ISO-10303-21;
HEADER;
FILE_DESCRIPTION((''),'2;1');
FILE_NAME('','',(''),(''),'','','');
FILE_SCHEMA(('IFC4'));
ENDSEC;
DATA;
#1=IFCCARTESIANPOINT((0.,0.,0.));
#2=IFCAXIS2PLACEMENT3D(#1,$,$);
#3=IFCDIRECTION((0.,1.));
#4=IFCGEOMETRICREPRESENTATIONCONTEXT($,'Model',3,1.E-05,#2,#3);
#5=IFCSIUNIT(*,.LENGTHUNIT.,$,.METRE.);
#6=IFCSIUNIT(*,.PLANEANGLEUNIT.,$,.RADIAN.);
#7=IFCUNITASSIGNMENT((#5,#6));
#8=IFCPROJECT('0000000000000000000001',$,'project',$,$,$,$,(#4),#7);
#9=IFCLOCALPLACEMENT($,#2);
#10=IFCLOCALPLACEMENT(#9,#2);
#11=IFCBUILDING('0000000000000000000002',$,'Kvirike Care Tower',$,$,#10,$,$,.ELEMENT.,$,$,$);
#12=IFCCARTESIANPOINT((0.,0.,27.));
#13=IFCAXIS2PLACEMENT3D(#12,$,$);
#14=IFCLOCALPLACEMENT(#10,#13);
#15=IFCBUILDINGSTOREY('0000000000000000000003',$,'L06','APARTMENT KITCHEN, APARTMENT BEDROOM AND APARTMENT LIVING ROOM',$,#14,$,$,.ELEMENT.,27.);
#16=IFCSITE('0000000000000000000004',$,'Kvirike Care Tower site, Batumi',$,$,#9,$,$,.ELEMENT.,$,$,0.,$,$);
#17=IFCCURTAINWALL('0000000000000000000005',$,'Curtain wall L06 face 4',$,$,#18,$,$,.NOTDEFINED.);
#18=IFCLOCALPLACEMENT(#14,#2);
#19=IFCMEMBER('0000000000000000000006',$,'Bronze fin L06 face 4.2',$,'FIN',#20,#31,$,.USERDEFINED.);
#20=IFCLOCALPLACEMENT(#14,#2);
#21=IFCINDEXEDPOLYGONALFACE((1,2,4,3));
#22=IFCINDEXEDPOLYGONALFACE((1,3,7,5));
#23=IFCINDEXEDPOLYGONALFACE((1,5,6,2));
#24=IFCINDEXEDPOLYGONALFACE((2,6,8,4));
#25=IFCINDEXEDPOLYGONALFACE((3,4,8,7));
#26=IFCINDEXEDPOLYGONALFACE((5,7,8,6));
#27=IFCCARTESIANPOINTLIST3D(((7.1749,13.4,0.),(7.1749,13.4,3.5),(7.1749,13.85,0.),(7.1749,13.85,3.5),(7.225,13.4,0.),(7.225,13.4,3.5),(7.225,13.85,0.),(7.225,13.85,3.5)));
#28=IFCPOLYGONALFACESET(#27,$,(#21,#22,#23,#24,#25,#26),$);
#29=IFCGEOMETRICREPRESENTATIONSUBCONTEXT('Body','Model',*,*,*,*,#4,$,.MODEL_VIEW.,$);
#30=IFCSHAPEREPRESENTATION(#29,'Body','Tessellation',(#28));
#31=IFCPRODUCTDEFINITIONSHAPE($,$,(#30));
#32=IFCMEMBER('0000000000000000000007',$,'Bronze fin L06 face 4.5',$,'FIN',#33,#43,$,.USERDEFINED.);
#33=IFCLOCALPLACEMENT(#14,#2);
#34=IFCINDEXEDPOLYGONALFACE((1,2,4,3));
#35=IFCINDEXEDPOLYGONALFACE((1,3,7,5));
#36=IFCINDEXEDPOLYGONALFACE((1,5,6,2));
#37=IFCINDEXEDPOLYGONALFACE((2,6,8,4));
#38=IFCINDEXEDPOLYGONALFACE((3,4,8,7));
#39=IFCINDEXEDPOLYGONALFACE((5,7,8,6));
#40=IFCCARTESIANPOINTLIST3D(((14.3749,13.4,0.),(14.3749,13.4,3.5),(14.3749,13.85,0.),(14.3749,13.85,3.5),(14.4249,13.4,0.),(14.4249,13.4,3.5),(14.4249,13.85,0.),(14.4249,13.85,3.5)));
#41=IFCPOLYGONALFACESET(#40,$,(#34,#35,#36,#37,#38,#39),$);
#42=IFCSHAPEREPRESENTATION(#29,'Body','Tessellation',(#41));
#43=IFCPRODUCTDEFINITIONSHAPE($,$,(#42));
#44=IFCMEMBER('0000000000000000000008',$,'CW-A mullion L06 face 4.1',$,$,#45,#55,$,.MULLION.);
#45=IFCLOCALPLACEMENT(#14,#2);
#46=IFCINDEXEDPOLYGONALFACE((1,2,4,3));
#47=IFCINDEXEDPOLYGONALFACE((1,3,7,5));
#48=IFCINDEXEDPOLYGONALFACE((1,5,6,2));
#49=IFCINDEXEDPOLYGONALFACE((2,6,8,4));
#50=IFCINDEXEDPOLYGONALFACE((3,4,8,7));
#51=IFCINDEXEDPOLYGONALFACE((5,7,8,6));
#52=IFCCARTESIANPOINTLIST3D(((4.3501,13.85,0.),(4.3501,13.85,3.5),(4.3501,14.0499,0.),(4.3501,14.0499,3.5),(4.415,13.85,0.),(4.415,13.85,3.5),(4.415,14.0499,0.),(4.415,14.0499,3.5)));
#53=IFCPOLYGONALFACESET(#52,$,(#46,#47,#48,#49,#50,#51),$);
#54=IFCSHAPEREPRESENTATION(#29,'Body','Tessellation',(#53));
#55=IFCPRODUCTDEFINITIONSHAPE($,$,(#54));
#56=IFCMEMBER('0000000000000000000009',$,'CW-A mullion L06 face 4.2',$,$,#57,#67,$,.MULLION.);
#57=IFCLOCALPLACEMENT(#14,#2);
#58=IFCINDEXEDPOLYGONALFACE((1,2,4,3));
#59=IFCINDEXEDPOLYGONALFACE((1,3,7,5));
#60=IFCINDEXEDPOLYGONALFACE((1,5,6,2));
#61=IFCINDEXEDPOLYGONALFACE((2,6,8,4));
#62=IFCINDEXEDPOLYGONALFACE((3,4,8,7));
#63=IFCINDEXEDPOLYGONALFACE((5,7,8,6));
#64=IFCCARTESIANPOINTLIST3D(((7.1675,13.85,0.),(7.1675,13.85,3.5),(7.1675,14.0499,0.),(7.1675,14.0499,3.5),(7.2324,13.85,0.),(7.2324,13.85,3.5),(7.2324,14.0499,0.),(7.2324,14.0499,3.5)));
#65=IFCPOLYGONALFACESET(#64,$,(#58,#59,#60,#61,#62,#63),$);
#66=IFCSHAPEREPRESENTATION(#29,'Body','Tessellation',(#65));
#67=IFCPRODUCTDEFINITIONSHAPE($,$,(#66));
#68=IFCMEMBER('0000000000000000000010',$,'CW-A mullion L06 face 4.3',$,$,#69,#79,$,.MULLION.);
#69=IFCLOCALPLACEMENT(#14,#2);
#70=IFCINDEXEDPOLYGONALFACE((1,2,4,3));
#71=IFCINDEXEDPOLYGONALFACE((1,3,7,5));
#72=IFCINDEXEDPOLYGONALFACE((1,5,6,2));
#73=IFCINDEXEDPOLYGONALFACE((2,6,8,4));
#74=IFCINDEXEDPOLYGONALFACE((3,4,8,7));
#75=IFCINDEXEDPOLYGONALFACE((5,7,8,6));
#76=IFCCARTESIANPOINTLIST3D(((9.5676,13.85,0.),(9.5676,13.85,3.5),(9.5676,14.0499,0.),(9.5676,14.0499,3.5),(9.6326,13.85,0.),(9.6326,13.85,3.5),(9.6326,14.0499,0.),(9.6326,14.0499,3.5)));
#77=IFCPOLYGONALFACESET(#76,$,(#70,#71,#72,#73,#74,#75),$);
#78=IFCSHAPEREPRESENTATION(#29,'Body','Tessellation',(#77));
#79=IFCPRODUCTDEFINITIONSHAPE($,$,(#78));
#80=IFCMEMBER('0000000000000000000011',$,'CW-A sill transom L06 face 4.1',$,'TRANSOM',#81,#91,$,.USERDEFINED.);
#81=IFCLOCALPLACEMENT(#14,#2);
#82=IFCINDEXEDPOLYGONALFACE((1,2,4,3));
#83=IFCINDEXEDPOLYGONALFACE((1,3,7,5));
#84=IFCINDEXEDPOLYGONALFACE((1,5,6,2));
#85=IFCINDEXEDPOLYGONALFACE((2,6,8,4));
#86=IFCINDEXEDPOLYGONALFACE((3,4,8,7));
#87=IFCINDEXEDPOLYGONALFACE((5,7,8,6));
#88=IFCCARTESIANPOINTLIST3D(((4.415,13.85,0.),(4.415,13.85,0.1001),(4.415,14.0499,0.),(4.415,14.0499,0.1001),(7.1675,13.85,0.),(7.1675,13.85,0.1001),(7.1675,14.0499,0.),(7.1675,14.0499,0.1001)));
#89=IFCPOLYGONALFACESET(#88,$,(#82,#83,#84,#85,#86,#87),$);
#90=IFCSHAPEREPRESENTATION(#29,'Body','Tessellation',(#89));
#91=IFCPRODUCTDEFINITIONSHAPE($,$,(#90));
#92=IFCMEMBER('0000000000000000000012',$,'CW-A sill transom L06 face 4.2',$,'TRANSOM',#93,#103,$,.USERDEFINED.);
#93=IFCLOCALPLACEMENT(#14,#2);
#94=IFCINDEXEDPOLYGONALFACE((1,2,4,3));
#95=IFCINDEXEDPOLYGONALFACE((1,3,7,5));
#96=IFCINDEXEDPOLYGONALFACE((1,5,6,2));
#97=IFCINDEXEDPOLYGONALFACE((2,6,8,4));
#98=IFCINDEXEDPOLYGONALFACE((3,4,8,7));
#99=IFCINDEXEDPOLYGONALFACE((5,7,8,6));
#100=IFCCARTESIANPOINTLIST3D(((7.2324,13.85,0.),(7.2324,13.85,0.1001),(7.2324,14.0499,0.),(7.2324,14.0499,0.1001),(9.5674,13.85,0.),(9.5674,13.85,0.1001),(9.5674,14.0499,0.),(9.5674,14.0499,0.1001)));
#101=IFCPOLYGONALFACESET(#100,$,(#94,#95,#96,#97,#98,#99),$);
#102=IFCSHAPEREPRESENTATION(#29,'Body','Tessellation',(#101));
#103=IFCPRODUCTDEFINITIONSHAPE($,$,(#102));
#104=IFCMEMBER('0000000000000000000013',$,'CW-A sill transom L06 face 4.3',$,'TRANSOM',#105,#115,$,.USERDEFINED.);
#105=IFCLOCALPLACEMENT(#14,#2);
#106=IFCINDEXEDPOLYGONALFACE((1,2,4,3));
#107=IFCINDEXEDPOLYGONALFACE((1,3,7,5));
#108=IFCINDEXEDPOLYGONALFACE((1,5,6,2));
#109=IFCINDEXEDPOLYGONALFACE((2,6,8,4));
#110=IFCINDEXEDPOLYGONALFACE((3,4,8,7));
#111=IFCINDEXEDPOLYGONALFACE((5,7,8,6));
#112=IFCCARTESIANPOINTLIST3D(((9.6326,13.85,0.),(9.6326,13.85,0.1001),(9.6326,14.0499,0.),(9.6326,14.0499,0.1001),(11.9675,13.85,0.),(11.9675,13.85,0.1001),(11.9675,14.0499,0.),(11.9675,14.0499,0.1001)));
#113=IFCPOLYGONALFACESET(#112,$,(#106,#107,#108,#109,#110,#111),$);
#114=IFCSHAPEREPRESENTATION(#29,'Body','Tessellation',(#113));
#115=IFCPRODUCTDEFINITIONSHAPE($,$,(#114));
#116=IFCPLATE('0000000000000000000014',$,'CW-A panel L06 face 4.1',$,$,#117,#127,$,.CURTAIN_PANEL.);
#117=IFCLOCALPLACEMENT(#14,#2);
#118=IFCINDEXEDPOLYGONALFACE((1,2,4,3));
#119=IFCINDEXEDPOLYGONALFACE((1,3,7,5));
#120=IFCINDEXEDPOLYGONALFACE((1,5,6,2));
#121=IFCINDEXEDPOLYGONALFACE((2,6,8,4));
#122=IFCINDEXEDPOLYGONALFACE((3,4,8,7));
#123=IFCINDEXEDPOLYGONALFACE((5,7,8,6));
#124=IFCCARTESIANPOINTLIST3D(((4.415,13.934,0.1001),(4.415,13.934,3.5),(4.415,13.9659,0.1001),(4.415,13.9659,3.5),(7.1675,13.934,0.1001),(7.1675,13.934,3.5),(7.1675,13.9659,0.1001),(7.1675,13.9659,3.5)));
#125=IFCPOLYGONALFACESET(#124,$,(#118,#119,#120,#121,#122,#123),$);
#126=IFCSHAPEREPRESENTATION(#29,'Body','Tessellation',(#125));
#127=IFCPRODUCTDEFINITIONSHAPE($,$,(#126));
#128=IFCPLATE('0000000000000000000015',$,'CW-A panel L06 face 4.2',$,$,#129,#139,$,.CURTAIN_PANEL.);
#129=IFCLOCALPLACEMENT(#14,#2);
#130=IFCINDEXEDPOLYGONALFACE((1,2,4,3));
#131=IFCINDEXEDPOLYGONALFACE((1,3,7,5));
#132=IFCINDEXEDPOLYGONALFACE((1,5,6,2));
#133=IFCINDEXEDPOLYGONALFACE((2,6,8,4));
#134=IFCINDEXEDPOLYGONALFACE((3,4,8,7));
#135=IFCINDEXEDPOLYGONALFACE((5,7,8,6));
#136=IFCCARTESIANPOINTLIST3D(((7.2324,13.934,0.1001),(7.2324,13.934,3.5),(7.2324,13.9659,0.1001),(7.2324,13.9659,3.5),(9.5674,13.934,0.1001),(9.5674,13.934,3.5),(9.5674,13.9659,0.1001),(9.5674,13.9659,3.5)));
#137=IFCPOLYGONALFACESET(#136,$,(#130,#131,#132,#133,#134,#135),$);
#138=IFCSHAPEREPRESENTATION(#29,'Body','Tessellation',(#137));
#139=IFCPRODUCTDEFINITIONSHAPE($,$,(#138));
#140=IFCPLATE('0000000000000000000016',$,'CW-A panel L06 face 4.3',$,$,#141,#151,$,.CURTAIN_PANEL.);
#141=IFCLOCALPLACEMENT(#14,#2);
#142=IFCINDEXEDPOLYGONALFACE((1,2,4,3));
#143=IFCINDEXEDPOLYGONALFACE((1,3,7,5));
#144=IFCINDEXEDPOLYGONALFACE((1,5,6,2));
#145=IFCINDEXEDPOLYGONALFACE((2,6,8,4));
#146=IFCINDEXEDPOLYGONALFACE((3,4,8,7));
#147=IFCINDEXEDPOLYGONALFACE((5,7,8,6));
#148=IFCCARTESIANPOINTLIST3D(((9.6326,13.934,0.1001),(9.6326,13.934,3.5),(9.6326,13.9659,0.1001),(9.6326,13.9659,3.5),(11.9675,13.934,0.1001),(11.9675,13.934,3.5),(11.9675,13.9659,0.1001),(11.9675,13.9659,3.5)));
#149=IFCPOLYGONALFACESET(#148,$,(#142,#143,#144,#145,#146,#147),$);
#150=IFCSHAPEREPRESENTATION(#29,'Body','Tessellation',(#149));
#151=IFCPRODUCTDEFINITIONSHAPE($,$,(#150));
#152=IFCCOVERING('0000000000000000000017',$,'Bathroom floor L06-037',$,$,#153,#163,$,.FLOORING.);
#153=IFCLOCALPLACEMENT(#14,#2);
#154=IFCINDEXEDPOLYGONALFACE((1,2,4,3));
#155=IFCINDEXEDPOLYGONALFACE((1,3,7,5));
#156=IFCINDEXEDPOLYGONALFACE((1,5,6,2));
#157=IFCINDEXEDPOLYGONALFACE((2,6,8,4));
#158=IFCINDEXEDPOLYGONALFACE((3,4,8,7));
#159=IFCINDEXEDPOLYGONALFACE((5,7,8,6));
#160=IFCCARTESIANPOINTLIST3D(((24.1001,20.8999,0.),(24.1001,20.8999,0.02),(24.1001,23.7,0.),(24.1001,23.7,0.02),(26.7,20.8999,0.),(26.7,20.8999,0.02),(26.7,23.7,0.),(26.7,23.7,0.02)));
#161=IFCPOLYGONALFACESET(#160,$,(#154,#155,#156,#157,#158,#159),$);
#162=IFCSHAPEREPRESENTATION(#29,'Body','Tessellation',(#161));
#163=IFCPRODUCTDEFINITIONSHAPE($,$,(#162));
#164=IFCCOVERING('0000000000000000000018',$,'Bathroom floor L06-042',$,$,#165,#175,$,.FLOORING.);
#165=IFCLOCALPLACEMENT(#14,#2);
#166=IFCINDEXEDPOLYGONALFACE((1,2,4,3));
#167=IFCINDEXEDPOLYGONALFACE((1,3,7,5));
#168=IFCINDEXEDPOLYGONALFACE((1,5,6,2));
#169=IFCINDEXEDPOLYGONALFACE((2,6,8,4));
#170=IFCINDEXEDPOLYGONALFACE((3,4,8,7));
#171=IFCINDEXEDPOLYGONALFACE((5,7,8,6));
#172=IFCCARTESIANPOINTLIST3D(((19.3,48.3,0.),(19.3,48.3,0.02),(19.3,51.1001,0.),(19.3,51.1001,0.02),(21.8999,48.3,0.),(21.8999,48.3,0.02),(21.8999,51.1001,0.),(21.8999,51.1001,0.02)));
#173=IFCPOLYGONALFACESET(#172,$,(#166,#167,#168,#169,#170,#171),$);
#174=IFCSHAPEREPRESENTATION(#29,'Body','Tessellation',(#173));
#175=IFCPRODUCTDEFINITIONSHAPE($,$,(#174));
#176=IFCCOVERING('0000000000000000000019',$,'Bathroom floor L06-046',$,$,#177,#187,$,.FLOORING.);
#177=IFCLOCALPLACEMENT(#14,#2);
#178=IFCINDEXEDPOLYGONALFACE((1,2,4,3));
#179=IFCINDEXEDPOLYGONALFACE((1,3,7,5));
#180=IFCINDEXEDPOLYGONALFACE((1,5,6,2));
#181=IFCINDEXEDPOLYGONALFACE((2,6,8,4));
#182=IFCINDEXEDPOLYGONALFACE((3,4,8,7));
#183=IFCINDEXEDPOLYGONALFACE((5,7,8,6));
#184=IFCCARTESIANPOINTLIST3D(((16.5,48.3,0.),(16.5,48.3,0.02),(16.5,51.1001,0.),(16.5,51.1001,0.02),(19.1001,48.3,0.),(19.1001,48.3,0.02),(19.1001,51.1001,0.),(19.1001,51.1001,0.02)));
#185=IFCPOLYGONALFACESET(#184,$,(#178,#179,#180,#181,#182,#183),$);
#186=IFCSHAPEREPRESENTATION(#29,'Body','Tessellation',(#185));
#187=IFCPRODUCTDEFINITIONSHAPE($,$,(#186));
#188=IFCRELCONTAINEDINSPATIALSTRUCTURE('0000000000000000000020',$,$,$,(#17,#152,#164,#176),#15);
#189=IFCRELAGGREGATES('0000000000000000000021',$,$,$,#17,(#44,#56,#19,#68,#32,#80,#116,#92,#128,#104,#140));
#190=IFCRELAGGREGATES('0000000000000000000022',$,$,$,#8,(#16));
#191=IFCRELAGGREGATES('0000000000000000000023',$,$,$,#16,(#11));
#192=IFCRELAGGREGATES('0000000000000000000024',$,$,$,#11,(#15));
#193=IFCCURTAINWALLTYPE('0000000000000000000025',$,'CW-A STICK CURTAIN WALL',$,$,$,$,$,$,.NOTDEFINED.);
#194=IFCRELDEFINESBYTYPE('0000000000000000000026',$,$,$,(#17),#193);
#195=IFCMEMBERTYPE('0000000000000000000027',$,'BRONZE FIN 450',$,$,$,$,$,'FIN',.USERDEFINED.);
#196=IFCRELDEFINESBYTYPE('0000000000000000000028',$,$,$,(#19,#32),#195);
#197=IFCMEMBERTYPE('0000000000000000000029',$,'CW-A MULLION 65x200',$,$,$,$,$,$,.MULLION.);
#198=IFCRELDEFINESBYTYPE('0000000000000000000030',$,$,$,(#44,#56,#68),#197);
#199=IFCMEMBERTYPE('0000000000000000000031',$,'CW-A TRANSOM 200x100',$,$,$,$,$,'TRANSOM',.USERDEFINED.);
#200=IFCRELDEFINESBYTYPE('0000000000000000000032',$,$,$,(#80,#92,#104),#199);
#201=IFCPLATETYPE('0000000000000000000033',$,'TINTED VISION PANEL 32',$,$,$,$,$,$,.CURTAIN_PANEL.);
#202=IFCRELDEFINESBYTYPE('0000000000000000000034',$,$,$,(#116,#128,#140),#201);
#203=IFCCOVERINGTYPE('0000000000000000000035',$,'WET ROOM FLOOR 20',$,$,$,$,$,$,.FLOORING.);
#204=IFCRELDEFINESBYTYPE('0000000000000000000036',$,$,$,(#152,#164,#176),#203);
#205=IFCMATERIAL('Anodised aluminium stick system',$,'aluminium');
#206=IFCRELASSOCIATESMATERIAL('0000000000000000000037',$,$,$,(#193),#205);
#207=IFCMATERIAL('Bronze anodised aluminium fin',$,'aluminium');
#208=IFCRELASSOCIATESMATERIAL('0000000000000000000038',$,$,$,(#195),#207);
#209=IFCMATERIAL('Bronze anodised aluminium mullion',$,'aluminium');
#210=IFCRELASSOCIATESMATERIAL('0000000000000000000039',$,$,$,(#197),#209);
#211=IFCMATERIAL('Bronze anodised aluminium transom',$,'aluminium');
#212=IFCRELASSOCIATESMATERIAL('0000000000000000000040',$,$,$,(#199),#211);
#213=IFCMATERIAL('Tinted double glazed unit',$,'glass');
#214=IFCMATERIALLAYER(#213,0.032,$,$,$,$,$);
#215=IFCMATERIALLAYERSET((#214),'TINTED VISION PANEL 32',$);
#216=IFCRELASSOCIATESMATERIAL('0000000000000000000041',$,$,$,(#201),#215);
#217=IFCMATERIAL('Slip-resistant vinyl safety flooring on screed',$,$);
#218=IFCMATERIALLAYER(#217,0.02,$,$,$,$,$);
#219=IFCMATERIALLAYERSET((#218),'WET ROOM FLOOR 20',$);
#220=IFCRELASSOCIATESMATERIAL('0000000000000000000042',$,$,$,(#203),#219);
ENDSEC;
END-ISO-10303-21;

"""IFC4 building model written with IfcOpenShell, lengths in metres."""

from ifc_helpers import new_model, si_unit, direction, frame, origin, origin_2d, place, context, subcontext, project, spatial, polyline, rectangle, outline, extrude, material, layer, layer_set, material_profile, profile_set, type_object, element, aggregate, save


model = new_model("IFC4")

# Units and contexts
model_context = context("Model", 3, precision=1e-05, world=origin(), true_north=direction((0.0, 1.0)))
body_context = subcontext(model_context, "Body", "Model", "MODEL_VIEW")
ifc_project = project(units=[si_unit("LENGTHUNIT", "METRE"), si_unit("PLANEANGLEUNIT", "RADIAN")], contexts=[model_context])

# Site, building, storey
site_placement = place(None, origin())
site = spatial("IfcSite", under=ifc_project, at=site_placement, Name="Kvirike Care Tower site, Batumi", CompositionType="ELEMENT", RefElevation=0.0)
building_placement = place(site_placement, origin())
building = spatial("IfcBuilding", under=site, at=building_placement, Name="Kvirike Care Tower", CompositionType="ELEMENT")
storey_placement = place(building_placement, frame((0.0, 0.0, 27.0)))
storey = spatial("IfcBuildingStorey", under=building, at=storey_placement, Name="L06", Description="APARTMENT KITCHEN, APARTMENT BEDROOM AND APARTMENT LIVING ROOM", CompositionType="ELEMENT", Elevation=27.0)

# Curtain wall, members, plates
ifc_material_1 = material(Name="Anodised aluminium stick system", Category="aluminium")
curtain_wall_type = type_object("IfcCurtainWallType", Name="CW-A STICK CURTAIN WALL", PredefinedType="NOTDEFINED", material=ifc_material_1)
curtain_wall_placement = place(storey_placement, origin())
curtain_wall = element("IfcCurtainWall", 1, at=curtain_wall_placement, inside=storey, type_object=curtain_wall_type, Name="Curtain wall L06 face 4", PredefinedType="NOTDEFINED")
ifc_material_2 = material(Name="Bronze anodised aluminium fin", Category="aluminium")
ifc_material_profile_1 = material_profile(ifc_material_2, rectangle(XDim=0.05, YDim=0.45, at=origin_2d()), Name="BRONZE FIN 450")
ifc_profile_set_1 = profile_set([ifc_material_profile_1], Name="Bronze anodised aluminium fin")
member_type_1 = type_object("IfcMemberType", Name="BRONZE FIN 450", ElementType="FIN", PredefinedType="USERDEFINED", material=ifc_profile_set_1)
member_1_placement = place(storey_placement, frame((7.2, 13.625, 0.0), z_axis=(0.0, 0.0, 1.0), x_axis=(1.0, 0.0, 0.0)))
member_1 = element("IfcMember", 2, at=member_1_placement, type_object=member_type_1, Name="Bronze fin L06 face 4.2", ObjectType="FIN", PredefinedType="USERDEFINED", context=body_context, shape_type="SweptSolid", body=[
    extrude(rectangle(XDim=0.05, YDim=0.45, at=origin_2d()), origin(), (0.0, 0.0, 1.0), 3.5),
])
member_2_placement = place(storey_placement, frame((14.3999, 13.625, 0.0), z_axis=(0.0, 0.0, 1.0), x_axis=(1.0, 0.0, 0.0)))
member_2 = element("IfcMember", 3, at=member_2_placement, type_object=member_type_1, Name="Bronze fin L06 face 4.5", ObjectType="FIN", PredefinedType="USERDEFINED", context=body_context, shape_type="SweptSolid", body=[
    extrude(rectangle(XDim=0.05, YDim=0.45, at=origin_2d()), origin(), (0.0, 0.0, 1.0), 3.5),
])
ifc_material_3 = material(Name="Bronze anodised aluminium mullion", Category="aluminium")
ifc_material_profile_2 = material_profile(ifc_material_3, rectangle(XDim=0.0649, YDim=0.2, at=origin_2d()), Name="CW-A MULLION 65x200")
ifc_profile_set_2 = profile_set([ifc_material_profile_2], Name="Bronze anodised aluminium mullion")
member_type_2 = type_object("IfcMemberType", Name="CW-A MULLION 65x200", PredefinedType="MULLION", material=ifc_profile_set_2)
member_3_placement = place(storey_placement, frame((4.3826, 13.95, 0.0), z_axis=(0.0, 0.0, 1.0), x_axis=(1.0, 0.0, 0.0)))
member_3 = element("IfcMember", 4, at=member_3_placement, type_object=member_type_2, Name="CW-A mullion L06 face 4.1", PredefinedType="MULLION", context=body_context, shape_type="SweptSolid", body=[
    extrude(rectangle(XDim=0.0649, YDim=0.2, at=origin_2d()), origin(), (0.0, 0.0, 1.0), 3.5),
])
member_4_placement = place(storey_placement, frame((7.2, 13.95, 0.0), z_axis=(0.0, 0.0, 1.0), x_axis=(1.0, 0.0, 0.0)))
member_4 = element("IfcMember", 5, at=member_4_placement, type_object=member_type_2, Name="CW-A mullion L06 face 4.2", PredefinedType="MULLION", context=body_context, shape_type="SweptSolid", body=[
    extrude(rectangle(XDim=0.0649, YDim=0.2, at=origin_2d()), origin(), (0.0, 0.0, 1.0), 3.5),
])
member_5_placement = place(storey_placement, frame((9.6001, 13.95, 0.0), z_axis=(0.0, 0.0, 1.0), x_axis=(1.0, 0.0, 0.0)))
member_5 = element("IfcMember", 6, at=member_5_placement, type_object=member_type_2, Name="CW-A mullion L06 face 4.3", PredefinedType="MULLION", context=body_context, shape_type="SweptSolid", body=[
    extrude(rectangle(XDim=0.0649, YDim=0.2, at=origin_2d()), origin(), (0.0, 0.0, 1.0), 3.5),
])
ifc_material_4 = material(Name="Bronze anodised aluminium transom", Category="aluminium")
ifc_material_profile_3 = material_profile(ifc_material_4, rectangle(XDim=0.2, YDim=0.1001, at=origin_2d()), Name="CW-A TRANSOM 200x100")
ifc_profile_set_3 = profile_set([ifc_material_profile_3], Name="Bronze anodised aluminium transom")
member_type_3 = type_object("IfcMemberType", Name="CW-A TRANSOM 200x100", ElementType="TRANSOM", PredefinedType="USERDEFINED", material=ifc_profile_set_3)
member_6_placement = place(storey_placement, frame((4.415, 13.95, 0.05), z_axis=(1.0, 0.0, 0.0), x_axis=(0.0, 1.0, 0.0)))
member_6 = element("IfcMember", 7, at=member_6_placement, type_object=member_type_3, Name="CW-A sill transom L06 face 4.1", ObjectType="TRANSOM", PredefinedType="USERDEFINED", context=body_context, shape_type="SweptSolid", body=[
    extrude(rectangle(XDim=0.2, YDim=0.1001, at=origin_2d()), origin(), (0.0, 0.0, 1.0), 2.7524),
])
member_7_placement = place(storey_placement, frame((7.2324, 13.95, 0.05), z_axis=(1.0, 0.0, 0.0), x_axis=(0.0, 1.0, 0.0)))
member_7 = element("IfcMember", 8, at=member_7_placement, type_object=member_type_3, Name="CW-A sill transom L06 face 4.2", ObjectType="TRANSOM", PredefinedType="USERDEFINED", context=body_context, shape_type="SweptSolid", body=[
    extrude(rectangle(XDim=0.2, YDim=0.1001, at=origin_2d()), origin(), (0.0, 0.0, 1.0), 2.335),
])
member_8_placement = place(storey_placement, frame((9.6326, 13.95, 0.05), z_axis=(1.0, 0.0, 0.0), x_axis=(0.0, 1.0, 0.0)))
member_8 = element("IfcMember", 9, at=member_8_placement, type_object=member_type_3, Name="CW-A sill transom L06 face 4.3", ObjectType="TRANSOM", PredefinedType="USERDEFINED", context=body_context, shape_type="SweptSolid", body=[
    extrude(rectangle(XDim=0.2, YDim=0.1001, at=origin_2d()), origin(), (0.0, 0.0, 1.0), 2.335),
])
ifc_material_5 = material(Name="Tinted double glazed unit", Category="glass")
ifc_layer_1 = layer(ifc_material_5, 0.032)
ifc_layer_set_1 = layer_set([ifc_layer_1], Name="TINTED VISION PANEL 32")
plate_type = type_object("IfcPlateType", Name="TINTED VISION PANEL 32", PredefinedType="CURTAIN_PANEL", material=ifc_layer_set_1)
plate_1_placement = place(storey_placement, frame((5.7913, 13.95, 0.1001), z_axis=(0.0, 0.0, 1.0), x_axis=(1.0, 0.0, 0.0)))
plate_1 = element("IfcPlate", 10, at=plate_1_placement, type_object=plate_type, Name="CW-A panel L06 face 4.1", PredefinedType="CURTAIN_PANEL", context=body_context, shape_type="SweptSolid", body=[
    extrude(rectangle(XDim=2.7524, YDim=0.032, at=origin_2d()), origin(), (0.0, 0.0, 1.0), 3.3999),
])
plate_2_placement = place(storey_placement, frame((8.3999, 13.95, 0.1001), z_axis=(0.0, 0.0, 1.0), x_axis=(1.0, 0.0, 0.0)))
plate_2 = element("IfcPlate", 11, at=plate_2_placement, type_object=plate_type, Name="CW-A panel L06 face 4.2", PredefinedType="CURTAIN_PANEL", context=body_context, shape_type="SweptSolid", body=[
    extrude(rectangle(XDim=2.335, YDim=0.032, at=origin_2d()), origin(), (0.0, 0.0, 1.0), 3.3999),
])
plate_3_placement = place(storey_placement, frame((10.8, 13.95, 0.1001), z_axis=(0.0, 0.0, 1.0), x_axis=(1.0, 0.0, 0.0)))
plate_3 = element("IfcPlate", 12, at=plate_3_placement, type_object=plate_type, Name="CW-A panel L06 face 4.3", PredefinedType="CURTAIN_PANEL", context=body_context, shape_type="SweptSolid", body=[
    extrude(rectangle(XDim=2.335, YDim=0.032, at=origin_2d()), origin(), (0.0, 0.0, 1.0), 3.3999),
])
aggregate(curtain_wall, [member_3, member_4, member_1, member_5, member_2, member_6, plate_1, member_7, plate_2, member_8, plate_3])

# Coverings
ifc_material_6 = material(Name="Slip-resistant vinyl safety flooring on screed")
ifc_layer_2 = layer(ifc_material_6, 0.02)
ifc_layer_set_2 = layer_set([ifc_layer_2], Name="WET ROOM FLOOR 20")
covering_type = type_object("IfcCoveringType", Name="WET ROOM FLOOR 20", PredefinedType="FLOORING", material=ifc_layer_set_2)
covering_1_placement = place(storey_placement, origin())
element("IfcCovering", 13, at=covering_1_placement, inside=storey, type_object=covering_type, Name="Bathroom floor L06-037", PredefinedType="FLOORING", context=body_context, shape_type="SweptSolid", body=[
    extrude(outline(polyline([(24.1001, 20.8999), (24.1001, 23.7), (26.7, 23.7), (26.7, 20.8999), (24.1001, 20.8999)])), origin(), (0.0, 0.0, 1.0), 0.02),
])
covering_2_placement = place(storey_placement, origin())
element("IfcCovering", 14, at=covering_2_placement, inside=storey, type_object=covering_type, Name="Bathroom floor L06-042", PredefinedType="FLOORING", context=body_context, shape_type="SweptSolid", body=[
    extrude(outline(polyline([(21.8999, 51.1001), (21.8999, 48.3), (19.3, 48.3), (19.3, 51.1001), (21.8999, 51.1001)])), origin(), (0.0, 0.0, 1.0), 0.02),
])
covering_3_placement = place(storey_placement, origin())
element("IfcCovering", 15, at=covering_3_placement, inside=storey, type_object=covering_type, Name="Bathroom floor L06-046", PredefinedType="FLOORING", context=body_context, shape_type="SweptSolid", body=[
    extrude(outline(polyline([(19.1001, 51.1001), (19.1001, 48.3), (16.5, 48.3), (16.5, 51.1001), (19.1001, 51.1001)])), origin(), (0.0, 0.0, 1.0), 0.02),
])

save(model, "model.ifc")
